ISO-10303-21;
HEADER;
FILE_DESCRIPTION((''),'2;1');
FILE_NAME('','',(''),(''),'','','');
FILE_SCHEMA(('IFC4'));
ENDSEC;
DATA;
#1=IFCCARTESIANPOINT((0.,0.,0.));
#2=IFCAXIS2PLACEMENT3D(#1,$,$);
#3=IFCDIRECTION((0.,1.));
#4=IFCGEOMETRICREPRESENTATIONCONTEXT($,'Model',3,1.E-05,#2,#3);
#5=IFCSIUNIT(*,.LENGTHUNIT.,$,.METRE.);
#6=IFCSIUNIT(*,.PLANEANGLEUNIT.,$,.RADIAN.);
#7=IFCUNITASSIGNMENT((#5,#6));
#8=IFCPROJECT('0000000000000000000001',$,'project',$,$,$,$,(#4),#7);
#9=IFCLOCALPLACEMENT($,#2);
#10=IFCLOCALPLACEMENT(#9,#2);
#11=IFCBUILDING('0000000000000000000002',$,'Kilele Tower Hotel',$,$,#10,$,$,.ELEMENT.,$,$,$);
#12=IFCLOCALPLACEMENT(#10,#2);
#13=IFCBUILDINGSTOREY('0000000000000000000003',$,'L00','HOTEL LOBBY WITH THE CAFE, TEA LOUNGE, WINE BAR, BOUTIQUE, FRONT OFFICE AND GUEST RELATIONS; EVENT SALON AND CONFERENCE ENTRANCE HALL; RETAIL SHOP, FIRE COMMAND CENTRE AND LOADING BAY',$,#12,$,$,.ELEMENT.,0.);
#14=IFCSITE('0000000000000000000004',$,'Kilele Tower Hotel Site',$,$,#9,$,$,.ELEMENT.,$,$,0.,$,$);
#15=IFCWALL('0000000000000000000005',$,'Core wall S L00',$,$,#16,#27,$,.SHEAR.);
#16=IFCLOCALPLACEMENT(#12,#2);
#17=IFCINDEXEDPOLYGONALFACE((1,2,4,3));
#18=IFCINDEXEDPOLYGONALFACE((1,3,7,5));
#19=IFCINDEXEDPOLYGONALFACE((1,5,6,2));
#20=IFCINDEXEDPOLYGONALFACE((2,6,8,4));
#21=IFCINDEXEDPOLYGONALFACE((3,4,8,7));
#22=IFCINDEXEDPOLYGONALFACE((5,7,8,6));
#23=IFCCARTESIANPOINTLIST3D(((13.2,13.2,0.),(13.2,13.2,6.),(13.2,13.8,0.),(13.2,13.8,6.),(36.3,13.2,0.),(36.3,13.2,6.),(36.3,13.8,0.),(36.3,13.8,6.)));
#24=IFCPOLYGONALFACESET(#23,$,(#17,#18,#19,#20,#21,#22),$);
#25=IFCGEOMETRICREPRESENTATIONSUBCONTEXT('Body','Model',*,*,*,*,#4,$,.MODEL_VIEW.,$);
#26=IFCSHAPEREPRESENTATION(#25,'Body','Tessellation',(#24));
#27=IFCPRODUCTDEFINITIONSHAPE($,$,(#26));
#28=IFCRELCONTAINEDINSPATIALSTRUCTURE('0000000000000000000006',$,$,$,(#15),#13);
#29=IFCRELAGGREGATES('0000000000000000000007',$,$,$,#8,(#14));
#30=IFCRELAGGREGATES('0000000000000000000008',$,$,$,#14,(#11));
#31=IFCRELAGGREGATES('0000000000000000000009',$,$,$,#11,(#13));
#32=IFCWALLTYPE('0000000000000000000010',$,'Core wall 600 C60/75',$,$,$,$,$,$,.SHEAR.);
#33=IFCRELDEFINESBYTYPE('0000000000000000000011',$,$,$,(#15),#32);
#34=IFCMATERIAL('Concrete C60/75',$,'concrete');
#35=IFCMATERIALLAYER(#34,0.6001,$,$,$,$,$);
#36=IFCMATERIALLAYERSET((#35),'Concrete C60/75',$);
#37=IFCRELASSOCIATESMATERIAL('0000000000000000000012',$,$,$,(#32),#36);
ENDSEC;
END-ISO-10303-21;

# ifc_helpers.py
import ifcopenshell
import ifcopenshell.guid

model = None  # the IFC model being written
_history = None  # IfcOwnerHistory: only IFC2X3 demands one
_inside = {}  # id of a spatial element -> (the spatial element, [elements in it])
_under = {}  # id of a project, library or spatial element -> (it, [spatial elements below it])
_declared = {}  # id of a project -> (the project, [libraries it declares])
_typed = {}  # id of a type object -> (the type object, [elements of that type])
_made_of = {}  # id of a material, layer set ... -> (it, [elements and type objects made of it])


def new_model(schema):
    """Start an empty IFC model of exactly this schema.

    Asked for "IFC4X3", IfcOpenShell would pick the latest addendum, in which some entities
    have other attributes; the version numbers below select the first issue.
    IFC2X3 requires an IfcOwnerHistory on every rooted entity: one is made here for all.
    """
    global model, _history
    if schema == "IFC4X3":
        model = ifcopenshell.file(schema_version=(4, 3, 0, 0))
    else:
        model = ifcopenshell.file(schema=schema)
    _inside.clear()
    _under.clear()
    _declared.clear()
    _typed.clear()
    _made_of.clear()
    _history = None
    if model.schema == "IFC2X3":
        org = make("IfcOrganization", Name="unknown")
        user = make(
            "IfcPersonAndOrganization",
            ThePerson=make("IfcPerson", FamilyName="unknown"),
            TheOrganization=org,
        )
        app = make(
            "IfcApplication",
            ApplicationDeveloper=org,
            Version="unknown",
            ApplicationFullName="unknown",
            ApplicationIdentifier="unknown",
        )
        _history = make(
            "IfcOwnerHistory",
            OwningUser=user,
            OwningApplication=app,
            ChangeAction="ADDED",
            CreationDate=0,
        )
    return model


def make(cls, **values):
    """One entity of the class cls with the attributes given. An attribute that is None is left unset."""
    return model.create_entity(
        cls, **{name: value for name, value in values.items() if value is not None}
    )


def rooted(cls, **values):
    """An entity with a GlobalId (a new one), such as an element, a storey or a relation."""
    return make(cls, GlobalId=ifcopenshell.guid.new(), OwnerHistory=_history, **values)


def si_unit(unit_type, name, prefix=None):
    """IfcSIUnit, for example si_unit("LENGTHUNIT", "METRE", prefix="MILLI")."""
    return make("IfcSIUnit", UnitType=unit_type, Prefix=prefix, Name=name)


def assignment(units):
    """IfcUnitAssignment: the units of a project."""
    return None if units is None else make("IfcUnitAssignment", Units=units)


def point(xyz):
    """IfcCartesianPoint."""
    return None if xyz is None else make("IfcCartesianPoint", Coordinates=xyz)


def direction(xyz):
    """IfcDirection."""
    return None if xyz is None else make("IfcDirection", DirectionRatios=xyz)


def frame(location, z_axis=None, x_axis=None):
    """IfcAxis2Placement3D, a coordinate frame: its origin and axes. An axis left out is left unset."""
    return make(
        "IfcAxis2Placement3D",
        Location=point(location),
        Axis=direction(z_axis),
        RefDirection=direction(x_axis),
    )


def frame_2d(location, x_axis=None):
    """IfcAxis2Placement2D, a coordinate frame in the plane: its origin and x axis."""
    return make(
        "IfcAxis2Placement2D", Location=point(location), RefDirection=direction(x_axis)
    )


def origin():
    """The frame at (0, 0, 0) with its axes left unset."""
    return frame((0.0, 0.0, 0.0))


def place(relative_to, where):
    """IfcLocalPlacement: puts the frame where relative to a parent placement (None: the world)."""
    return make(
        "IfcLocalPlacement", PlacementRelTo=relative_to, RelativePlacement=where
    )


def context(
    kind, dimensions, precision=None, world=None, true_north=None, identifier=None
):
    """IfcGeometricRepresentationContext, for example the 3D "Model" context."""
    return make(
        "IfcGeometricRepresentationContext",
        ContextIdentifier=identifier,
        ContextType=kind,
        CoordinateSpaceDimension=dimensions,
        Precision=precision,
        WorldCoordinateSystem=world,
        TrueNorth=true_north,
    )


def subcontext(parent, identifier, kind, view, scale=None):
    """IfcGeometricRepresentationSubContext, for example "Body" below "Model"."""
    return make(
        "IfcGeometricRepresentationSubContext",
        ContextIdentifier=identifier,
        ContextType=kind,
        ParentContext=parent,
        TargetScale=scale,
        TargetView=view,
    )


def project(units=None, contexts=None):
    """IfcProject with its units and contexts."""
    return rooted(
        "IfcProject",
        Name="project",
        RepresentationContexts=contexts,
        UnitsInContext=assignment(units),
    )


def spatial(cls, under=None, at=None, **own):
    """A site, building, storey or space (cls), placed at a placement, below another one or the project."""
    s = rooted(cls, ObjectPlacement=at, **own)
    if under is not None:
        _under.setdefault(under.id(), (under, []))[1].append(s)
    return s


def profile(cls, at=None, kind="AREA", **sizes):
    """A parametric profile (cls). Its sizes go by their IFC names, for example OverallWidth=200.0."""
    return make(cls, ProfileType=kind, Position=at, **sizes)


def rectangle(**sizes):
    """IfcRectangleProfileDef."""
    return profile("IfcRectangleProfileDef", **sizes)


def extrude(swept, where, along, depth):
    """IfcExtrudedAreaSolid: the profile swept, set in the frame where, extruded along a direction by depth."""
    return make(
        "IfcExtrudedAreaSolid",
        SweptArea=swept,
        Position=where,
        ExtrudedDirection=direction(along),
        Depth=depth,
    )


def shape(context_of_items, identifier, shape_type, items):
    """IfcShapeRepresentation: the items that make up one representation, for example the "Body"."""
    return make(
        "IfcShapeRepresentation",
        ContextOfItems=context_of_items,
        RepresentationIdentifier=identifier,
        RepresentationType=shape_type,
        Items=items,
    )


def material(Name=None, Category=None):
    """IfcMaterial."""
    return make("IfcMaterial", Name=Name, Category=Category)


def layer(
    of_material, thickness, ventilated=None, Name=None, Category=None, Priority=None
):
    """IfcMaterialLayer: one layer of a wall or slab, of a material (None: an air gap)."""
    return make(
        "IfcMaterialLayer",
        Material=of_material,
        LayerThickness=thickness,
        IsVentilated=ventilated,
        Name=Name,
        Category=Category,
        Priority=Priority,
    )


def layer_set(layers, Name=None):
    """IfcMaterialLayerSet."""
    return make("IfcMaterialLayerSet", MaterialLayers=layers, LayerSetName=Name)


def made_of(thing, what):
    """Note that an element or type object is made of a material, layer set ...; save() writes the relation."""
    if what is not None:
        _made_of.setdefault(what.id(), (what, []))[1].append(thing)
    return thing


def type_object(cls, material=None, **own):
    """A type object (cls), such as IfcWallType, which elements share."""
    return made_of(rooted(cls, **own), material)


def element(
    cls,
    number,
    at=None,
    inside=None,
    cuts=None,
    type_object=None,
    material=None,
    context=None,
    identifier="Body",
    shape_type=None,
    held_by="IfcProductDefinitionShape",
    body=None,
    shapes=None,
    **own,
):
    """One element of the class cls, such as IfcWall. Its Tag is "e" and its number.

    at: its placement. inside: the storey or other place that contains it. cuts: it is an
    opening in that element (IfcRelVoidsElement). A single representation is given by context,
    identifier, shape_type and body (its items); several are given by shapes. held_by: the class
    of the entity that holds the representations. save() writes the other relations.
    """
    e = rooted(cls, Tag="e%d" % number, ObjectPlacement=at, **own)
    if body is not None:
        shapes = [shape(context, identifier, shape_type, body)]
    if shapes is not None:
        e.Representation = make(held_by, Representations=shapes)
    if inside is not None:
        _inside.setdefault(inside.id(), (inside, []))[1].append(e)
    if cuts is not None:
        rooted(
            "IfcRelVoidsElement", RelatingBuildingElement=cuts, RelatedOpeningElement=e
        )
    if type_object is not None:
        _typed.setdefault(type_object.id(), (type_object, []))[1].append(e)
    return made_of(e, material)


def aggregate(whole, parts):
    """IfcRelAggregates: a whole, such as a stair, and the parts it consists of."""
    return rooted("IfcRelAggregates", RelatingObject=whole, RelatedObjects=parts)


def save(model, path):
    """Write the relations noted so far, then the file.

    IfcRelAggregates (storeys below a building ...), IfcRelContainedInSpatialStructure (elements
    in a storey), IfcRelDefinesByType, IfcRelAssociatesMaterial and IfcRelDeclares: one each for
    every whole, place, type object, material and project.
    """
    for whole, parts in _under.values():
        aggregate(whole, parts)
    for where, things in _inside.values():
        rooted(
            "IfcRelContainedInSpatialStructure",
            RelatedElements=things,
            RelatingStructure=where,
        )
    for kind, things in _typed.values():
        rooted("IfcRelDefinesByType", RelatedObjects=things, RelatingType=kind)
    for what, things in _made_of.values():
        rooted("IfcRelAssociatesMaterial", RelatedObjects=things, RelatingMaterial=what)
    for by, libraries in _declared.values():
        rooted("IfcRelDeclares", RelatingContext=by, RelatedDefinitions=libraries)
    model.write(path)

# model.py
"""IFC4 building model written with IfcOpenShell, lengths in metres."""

from ifc_helpers import new_model, si_unit, direction, frame, frame_2d, origin, place, context, subcontext, project, spatial, rectangle, extrude, material, layer, layer_set, type_object, element, save


model = new_model("IFC4")

# Units and contexts
model_context = context("Model", 3, precision=1e-05, world=origin(), true_north=direction((0.0, 1.0)))
body_context = subcontext(model_context, "Body", "Model", "MODEL_VIEW")
ifc_project = project(units=[si_unit("LENGTHUNIT", "METRE"), si_unit("PLANEANGLEUNIT", "RADIAN")], contexts=[model_context])

# Site, building, storey
site_placement = place(None, origin())
site = spatial("IfcSite", under=ifc_project, at=site_placement, Name="Kilele Tower Hotel Site", CompositionType="ELEMENT", RefElevation=0.0)
building_placement = place(site_placement, origin())
building = spatial("IfcBuilding", under=site, at=building_placement, Name="Kilele Tower Hotel", CompositionType="ELEMENT")
storey_placement = place(building_placement, origin())
storey = spatial("IfcBuildingStorey", under=building, at=storey_placement, Name="L00", Description="HOTEL LOBBY WITH THE CAFE, TEA LOUNGE, WINE BAR, BOUTIQUE, FRONT OFFICE AND GUEST RELATIONS; EVENT SALON AND CONFERENCE ENTRANCE HALL; RETAIL SHOP, FIRE COMMAND CENTRE AND LOADING BAY", CompositionType="ELEMENT", Elevation=0.0)

# Wall
ifc_material_1 = material(Name="Concrete C60/75", Category="concrete")
ifc_layer_1 = layer(ifc_material_1, 0.6001)
ifc_layer_set_1 = layer_set([ifc_layer_1], Name="Concrete C60/75")
wall_type_1 = type_object("IfcWallType", Name="Core wall 600 C60/75", PredefinedType="SHEAR", material=ifc_layer_set_1)
wall_1_placement = place(storey_placement, frame((13.2, 13.5, 0.0), z_axis=(0.0, 0.0, 1.0), x_axis=(1.0, 0.0, 0.0)))
element("IfcWall", 1, at=wall_1_placement, inside=storey, type_object=wall_type_1, Name="Core wall S L00", PredefinedType="SHEAR", context=body_context, shape_type="SweptSolid", body=[
    extrude(rectangle(XDim=23.1001, YDim=0.6001, at=frame_2d((11.55, 0.0))), origin(), (0.0, 0.0, 1.0), 6.0),
])

save(model, "model.ifc")
